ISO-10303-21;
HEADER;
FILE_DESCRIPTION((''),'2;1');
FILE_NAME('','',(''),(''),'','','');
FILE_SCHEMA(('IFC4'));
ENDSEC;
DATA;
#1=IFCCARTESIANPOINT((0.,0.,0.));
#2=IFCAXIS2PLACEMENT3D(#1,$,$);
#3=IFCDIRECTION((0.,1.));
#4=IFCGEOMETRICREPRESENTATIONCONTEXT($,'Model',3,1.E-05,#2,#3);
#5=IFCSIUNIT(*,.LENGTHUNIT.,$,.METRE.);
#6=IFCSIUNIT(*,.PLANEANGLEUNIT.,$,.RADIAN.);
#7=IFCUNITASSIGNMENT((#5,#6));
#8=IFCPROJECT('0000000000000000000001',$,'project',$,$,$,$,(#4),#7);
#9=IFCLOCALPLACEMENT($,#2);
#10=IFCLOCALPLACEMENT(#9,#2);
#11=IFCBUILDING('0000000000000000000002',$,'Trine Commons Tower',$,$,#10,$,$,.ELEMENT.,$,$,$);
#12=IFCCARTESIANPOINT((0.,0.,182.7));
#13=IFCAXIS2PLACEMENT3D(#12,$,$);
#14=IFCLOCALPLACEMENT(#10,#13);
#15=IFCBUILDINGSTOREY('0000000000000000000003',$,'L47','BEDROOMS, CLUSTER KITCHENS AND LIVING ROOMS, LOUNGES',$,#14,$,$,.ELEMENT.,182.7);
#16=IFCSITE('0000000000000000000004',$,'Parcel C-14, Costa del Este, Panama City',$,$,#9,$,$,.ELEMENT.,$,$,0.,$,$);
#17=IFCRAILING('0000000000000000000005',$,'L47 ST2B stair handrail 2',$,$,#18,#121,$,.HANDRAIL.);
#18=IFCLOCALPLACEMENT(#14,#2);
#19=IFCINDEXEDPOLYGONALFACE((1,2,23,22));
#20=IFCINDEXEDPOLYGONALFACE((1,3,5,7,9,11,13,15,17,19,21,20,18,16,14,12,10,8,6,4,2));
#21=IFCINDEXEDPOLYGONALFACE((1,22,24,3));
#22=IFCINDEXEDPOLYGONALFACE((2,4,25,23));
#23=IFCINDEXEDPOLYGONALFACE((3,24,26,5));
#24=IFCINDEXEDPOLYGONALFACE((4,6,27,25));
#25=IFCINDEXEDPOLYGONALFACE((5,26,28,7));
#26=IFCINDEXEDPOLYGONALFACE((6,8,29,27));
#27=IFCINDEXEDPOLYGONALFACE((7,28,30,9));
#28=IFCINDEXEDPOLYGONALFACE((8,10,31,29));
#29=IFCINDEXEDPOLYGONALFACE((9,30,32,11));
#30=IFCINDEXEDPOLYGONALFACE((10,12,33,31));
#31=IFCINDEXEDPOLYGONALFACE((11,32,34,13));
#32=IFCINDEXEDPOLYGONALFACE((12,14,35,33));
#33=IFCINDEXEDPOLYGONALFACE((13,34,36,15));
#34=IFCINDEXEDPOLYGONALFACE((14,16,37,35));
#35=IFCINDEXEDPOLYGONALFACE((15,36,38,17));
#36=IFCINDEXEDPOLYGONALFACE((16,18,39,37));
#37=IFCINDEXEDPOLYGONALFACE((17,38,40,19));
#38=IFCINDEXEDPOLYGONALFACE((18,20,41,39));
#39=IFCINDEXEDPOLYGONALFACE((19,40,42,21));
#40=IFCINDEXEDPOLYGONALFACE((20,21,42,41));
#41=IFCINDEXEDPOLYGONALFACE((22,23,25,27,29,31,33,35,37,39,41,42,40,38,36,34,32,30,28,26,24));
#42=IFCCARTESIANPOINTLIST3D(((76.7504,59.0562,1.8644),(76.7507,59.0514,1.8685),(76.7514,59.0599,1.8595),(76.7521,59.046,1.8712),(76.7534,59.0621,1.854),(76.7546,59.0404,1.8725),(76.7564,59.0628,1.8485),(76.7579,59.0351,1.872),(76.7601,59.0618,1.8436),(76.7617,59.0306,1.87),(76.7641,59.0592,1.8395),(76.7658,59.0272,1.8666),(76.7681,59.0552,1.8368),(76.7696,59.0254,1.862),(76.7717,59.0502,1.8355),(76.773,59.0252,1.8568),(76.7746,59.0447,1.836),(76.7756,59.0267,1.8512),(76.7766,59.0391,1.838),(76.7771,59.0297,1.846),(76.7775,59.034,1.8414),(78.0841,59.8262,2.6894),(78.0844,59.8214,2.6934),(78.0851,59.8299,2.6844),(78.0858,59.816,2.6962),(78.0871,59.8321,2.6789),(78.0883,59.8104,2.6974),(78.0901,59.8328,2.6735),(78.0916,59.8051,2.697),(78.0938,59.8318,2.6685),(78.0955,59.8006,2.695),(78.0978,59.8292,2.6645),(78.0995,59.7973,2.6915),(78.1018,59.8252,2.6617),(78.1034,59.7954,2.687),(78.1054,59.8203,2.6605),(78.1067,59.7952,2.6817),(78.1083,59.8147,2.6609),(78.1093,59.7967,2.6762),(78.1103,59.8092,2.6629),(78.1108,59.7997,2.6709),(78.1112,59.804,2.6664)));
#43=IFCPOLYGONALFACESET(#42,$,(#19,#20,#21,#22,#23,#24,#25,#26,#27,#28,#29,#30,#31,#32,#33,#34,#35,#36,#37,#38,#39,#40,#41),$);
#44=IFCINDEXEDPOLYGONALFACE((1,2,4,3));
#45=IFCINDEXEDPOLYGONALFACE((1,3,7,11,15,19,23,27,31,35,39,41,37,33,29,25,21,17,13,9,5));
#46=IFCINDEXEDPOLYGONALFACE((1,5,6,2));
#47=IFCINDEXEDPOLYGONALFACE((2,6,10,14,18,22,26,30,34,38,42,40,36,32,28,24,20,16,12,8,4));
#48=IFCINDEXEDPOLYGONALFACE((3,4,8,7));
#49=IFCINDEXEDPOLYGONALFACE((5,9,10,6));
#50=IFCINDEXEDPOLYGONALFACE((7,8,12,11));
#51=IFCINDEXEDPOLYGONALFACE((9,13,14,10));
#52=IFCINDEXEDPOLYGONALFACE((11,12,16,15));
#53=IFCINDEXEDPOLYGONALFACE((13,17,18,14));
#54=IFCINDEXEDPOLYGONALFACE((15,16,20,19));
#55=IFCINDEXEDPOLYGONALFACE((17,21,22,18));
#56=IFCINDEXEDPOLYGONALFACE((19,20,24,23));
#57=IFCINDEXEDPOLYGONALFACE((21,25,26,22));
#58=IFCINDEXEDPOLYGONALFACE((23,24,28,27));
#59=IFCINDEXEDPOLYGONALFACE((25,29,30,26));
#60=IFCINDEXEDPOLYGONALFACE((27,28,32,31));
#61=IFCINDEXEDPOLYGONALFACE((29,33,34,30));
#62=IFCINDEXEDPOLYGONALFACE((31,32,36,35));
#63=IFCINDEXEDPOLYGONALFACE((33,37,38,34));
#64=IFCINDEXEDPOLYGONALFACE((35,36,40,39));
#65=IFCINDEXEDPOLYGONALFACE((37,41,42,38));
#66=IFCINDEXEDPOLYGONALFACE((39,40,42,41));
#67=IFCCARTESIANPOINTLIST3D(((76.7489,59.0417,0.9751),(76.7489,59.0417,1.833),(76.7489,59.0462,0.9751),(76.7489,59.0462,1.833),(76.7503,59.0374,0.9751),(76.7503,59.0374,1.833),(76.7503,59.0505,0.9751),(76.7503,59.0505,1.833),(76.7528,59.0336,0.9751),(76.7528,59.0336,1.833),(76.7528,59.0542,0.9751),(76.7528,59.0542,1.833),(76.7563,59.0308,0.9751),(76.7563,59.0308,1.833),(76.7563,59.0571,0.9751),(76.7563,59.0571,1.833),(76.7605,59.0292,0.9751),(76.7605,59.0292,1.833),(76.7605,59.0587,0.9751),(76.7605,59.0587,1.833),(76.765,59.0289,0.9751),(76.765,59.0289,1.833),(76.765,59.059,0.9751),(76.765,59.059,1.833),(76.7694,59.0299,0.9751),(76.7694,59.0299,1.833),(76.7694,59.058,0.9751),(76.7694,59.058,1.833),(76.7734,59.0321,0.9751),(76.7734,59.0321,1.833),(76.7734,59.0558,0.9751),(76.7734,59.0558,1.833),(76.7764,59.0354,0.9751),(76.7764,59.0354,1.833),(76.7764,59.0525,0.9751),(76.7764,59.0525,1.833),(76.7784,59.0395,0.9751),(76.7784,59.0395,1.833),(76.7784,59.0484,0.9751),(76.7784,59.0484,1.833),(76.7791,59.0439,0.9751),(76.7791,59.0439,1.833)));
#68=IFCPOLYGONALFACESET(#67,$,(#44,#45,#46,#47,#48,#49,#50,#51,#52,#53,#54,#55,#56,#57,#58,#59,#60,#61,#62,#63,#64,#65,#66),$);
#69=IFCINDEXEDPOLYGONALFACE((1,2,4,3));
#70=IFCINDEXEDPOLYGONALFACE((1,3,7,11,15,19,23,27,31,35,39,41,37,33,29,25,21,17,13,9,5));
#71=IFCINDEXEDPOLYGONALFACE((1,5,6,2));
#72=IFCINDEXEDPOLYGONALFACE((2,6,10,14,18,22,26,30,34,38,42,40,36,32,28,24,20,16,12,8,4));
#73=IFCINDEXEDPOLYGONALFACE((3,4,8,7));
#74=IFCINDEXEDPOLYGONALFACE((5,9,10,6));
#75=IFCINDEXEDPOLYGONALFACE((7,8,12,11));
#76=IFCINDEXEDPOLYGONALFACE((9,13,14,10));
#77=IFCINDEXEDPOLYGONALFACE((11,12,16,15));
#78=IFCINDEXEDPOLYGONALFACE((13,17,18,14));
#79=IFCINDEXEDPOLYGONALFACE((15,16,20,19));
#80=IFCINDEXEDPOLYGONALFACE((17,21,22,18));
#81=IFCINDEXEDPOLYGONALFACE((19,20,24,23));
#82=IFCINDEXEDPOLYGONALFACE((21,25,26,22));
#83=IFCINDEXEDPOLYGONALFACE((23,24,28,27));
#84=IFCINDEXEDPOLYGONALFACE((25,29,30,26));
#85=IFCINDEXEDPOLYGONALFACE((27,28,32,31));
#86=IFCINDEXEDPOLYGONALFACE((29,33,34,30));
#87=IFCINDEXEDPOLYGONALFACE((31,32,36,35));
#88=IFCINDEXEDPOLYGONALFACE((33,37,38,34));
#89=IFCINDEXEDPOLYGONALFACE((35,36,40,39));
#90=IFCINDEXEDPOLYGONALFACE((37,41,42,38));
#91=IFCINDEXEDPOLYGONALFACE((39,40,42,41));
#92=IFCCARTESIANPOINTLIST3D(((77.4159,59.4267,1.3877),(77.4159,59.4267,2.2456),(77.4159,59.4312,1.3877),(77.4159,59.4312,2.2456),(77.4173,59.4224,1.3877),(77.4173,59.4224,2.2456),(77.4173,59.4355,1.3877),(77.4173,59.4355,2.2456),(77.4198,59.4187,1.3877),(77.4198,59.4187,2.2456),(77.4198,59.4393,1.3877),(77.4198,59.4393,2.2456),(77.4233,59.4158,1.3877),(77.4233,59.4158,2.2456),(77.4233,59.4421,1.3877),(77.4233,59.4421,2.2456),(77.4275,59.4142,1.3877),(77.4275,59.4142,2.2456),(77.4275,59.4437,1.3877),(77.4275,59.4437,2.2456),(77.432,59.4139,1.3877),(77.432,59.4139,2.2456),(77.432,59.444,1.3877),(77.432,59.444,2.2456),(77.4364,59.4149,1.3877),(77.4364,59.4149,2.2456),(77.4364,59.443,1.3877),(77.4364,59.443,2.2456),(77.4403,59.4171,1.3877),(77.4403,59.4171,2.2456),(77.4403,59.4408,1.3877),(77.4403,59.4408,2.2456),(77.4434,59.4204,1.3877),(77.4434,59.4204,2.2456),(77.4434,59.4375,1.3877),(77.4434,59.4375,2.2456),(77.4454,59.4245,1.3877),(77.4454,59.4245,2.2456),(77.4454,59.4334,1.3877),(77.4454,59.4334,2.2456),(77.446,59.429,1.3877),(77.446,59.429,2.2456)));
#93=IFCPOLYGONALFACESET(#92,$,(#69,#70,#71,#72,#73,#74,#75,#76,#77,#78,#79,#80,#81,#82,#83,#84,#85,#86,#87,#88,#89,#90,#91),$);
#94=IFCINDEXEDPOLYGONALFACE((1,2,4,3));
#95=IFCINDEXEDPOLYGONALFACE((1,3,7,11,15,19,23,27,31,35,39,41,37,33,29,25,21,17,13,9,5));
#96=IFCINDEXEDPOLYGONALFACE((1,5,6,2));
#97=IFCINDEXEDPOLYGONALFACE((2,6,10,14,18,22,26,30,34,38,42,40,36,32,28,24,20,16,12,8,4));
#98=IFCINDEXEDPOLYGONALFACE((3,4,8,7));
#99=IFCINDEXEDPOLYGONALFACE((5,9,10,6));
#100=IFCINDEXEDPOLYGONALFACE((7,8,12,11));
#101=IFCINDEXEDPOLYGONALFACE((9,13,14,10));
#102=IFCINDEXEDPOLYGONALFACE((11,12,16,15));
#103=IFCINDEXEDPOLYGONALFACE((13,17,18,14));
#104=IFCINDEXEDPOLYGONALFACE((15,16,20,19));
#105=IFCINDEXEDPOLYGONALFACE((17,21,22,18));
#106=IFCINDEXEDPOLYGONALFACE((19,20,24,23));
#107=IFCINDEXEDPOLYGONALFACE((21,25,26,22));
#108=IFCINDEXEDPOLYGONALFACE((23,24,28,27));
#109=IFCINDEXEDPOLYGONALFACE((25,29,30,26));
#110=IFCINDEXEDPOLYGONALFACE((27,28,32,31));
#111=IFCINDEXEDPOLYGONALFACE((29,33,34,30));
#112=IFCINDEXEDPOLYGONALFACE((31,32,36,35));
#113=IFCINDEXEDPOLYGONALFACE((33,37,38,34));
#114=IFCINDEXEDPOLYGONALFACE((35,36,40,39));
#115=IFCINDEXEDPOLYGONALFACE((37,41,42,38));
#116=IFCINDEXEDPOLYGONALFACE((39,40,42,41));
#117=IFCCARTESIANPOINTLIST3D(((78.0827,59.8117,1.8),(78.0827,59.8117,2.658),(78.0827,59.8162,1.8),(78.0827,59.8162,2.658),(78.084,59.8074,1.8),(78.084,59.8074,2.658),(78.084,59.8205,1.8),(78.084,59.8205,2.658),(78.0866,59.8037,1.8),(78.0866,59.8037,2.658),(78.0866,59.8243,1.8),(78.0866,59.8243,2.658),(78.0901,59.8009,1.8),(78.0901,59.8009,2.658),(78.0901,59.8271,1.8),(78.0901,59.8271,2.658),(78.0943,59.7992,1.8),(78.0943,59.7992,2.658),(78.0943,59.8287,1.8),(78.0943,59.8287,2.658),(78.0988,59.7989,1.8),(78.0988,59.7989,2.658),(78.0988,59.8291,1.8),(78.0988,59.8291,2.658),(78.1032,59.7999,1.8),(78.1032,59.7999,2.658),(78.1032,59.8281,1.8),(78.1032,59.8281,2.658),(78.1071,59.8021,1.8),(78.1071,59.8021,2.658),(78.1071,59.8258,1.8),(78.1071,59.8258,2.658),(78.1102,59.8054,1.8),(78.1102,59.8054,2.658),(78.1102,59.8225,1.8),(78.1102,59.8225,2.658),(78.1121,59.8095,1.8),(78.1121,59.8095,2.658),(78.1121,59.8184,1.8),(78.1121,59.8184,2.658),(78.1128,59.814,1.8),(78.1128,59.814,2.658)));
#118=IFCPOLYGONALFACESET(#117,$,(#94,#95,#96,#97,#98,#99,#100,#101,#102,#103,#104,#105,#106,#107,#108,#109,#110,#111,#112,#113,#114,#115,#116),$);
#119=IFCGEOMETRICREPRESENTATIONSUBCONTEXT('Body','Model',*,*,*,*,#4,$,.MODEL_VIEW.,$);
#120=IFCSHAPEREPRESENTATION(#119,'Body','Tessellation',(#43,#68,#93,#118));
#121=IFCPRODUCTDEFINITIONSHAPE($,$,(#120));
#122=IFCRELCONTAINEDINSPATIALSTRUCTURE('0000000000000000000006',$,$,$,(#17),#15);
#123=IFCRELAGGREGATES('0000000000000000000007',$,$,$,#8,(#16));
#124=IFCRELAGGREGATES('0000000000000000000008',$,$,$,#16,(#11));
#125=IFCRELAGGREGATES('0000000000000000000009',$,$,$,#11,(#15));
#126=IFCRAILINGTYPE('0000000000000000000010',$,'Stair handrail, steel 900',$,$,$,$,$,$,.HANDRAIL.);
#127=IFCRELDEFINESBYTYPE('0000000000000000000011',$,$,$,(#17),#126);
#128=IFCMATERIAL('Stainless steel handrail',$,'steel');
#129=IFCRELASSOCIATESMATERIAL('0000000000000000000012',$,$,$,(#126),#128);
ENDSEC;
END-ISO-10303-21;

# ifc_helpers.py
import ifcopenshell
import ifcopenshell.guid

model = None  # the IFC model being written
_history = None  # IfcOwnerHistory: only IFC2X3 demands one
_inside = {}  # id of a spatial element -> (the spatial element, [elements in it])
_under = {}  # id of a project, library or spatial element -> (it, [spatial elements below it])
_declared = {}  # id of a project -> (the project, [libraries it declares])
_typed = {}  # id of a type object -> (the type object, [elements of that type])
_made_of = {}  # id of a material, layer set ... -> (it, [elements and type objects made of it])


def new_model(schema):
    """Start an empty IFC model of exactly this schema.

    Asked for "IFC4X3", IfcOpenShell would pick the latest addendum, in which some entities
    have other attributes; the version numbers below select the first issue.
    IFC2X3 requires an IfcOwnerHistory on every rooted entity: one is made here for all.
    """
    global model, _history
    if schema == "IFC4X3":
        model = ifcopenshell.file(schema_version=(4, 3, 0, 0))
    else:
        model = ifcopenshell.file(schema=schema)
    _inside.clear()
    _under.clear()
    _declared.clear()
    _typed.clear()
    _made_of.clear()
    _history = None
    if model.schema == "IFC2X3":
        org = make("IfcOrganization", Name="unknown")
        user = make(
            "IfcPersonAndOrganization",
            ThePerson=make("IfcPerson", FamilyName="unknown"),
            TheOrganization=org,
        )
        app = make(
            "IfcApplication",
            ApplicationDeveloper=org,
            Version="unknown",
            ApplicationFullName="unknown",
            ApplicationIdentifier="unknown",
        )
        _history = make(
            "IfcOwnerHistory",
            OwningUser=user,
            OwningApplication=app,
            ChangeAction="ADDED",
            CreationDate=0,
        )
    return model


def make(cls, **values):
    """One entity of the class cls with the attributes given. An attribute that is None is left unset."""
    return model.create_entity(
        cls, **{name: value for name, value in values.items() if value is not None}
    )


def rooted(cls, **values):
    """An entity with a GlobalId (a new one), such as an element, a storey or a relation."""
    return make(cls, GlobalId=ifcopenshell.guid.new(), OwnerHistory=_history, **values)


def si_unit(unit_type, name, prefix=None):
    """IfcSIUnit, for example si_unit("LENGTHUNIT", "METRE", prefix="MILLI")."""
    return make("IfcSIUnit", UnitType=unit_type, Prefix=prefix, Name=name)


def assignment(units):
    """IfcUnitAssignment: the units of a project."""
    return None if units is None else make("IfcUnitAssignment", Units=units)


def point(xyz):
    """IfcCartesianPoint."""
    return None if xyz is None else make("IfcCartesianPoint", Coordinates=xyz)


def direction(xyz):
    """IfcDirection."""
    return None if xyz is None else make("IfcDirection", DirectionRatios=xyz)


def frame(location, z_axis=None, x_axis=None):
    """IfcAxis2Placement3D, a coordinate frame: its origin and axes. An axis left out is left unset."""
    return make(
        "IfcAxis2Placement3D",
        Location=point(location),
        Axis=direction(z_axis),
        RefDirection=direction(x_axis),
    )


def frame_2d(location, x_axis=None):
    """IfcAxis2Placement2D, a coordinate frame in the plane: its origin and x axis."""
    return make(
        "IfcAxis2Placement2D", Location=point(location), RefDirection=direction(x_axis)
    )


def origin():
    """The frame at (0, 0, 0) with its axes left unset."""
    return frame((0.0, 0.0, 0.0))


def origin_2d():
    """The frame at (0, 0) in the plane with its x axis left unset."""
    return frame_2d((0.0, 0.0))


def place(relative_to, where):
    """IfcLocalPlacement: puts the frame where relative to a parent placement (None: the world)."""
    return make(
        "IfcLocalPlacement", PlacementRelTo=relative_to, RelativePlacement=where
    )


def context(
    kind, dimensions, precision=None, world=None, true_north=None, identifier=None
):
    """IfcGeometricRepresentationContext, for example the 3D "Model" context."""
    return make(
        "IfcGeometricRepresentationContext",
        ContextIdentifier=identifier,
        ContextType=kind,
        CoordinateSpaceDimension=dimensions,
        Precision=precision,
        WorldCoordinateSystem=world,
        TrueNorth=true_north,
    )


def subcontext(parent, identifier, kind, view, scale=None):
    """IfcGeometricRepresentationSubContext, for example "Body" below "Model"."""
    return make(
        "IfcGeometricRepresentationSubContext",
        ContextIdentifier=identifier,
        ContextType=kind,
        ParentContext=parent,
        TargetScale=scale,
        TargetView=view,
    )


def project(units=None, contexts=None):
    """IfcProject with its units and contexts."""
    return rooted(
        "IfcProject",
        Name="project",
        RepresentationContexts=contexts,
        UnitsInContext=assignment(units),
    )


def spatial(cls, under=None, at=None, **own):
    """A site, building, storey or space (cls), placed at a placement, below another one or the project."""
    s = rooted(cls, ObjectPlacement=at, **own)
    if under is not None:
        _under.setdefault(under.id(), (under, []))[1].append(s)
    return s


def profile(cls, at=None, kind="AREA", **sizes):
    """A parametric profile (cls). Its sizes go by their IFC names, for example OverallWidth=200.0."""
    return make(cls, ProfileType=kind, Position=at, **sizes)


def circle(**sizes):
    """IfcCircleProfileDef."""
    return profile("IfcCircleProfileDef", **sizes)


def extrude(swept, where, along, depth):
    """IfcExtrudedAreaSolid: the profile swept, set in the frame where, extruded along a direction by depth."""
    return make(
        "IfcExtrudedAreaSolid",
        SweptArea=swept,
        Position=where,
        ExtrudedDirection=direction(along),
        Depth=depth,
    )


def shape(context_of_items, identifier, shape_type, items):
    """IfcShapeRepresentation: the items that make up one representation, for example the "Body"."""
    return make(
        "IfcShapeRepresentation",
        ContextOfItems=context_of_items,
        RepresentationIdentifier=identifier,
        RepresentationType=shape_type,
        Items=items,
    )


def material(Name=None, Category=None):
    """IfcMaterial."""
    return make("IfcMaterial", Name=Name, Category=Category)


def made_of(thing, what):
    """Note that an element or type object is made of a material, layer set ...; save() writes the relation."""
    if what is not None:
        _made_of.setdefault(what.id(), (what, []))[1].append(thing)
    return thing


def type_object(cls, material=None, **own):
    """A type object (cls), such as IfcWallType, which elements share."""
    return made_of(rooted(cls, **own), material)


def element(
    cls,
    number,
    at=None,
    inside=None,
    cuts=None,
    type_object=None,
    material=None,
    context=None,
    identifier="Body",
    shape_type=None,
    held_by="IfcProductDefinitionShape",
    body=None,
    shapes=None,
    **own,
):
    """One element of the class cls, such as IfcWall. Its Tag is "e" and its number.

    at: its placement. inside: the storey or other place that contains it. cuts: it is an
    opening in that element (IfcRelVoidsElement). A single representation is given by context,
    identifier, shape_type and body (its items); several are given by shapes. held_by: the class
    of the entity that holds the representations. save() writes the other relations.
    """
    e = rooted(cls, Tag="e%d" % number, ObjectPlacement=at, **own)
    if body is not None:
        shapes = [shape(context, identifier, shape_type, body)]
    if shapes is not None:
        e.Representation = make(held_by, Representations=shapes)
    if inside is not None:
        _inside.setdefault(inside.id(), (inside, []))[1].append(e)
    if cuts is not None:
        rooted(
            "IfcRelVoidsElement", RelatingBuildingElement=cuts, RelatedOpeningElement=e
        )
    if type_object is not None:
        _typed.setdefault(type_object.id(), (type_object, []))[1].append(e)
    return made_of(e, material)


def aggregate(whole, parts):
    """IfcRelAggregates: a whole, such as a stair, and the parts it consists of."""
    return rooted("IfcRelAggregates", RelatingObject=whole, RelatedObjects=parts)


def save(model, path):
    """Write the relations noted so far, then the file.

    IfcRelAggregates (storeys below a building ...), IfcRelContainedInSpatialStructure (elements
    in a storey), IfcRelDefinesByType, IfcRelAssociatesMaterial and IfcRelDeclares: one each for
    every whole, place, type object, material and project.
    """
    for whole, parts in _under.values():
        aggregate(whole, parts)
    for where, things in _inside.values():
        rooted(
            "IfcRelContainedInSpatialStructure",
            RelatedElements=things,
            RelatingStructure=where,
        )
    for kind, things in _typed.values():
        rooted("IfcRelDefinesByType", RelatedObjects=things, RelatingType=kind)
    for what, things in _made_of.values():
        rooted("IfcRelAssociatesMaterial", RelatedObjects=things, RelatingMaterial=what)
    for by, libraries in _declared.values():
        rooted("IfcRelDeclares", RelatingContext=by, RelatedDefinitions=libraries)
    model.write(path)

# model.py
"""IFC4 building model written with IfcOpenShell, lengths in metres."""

from ifc_helpers import new_model, si_unit, direction, frame, origin, origin_2d, place, context, subcontext, project, spatial, circle, extrude, material, type_object, element, save


model = new_model("IFC4")

# Units and contexts
model_context = context("Model", 3, precision=1e-05, world=origin(), true_north=direction((0.0, 1.0)))
body_context = subcontext(model_context, "Body", "Model", "MODEL_VIEW")
ifc_project = project(units=[si_unit("LENGTHUNIT", "METRE"), si_unit("PLANEANGLEUNIT", "RADIAN")], contexts=[model_context])

# Site, building, storey
site_placement = place(None, origin())
site = spatial("IfcSite", under=ifc_project, at=site_placement, Name="Parcel C-14, Costa del Este, Panama City", CompositionType="ELEMENT", RefElevation=0.0)
building_placement = place(site_placement, origin())
building = spatial("IfcBuilding", under=site, at=building_placement, Name="Trine Commons Tower", CompositionType="ELEMENT")
storey_placement = place(building_placement, frame((0.0, 0.0, 182.7)))
storey = spatial("IfcBuildingStorey", under=building, at=storey_placement, Name="L47", Description="BEDROOMS, CLUSTER KITCHENS AND LIVING ROOMS, LOUNGES", CompositionType="ELEMENT", Elevation=182.7)

# Railing
ifc_material_1 = material(Name="Stainless steel handrail", Category="steel")
railing_type_1 = type_object("IfcRailingType", Name="Stair handrail, steel 900", PredefinedType="HANDRAIL", material=ifc_material_1)
for number, where, name in (
    (1, (76.7639, 59.0439, 0.9751), "L47 ST2B stair handrail 2"),
):
    element("IfcRailing", number, at=place(storey_placement, frame(where)), inside=storey, type_object=railing_type_1, Name=name, PredefinedType="HANDRAIL", context=body_context, shape_type="SweptSolid", body=[
        extrude(circle(Radius=0.021, at=origin_2d()), frame((0.0, 0.0, 0.8789), z_axis=(0.763405, 0.440743, 0.472185), x_axis=(-0.499992, 0.86603, 0.0)), (0.0, 0.0, 1.0), 1.7471),
        extrude(circle(Radius=0.0151, at=origin_2d()), origin(), (0.0, 0.0, 1.0), 0.8579),
        extrude(circle(Radius=0.0151, at=origin_2d()), frame((0.667, 0.385, 0.4126)), (0.0, 0.0, 1.0), 0.8579),
        extrude(circle(Radius=0.0151, at=origin_2d()), frame((1.3337, 0.77, 0.825)), (0.0, 0.0, 1.0), 0.8579),
    ])

save(model, "model.ifc")
